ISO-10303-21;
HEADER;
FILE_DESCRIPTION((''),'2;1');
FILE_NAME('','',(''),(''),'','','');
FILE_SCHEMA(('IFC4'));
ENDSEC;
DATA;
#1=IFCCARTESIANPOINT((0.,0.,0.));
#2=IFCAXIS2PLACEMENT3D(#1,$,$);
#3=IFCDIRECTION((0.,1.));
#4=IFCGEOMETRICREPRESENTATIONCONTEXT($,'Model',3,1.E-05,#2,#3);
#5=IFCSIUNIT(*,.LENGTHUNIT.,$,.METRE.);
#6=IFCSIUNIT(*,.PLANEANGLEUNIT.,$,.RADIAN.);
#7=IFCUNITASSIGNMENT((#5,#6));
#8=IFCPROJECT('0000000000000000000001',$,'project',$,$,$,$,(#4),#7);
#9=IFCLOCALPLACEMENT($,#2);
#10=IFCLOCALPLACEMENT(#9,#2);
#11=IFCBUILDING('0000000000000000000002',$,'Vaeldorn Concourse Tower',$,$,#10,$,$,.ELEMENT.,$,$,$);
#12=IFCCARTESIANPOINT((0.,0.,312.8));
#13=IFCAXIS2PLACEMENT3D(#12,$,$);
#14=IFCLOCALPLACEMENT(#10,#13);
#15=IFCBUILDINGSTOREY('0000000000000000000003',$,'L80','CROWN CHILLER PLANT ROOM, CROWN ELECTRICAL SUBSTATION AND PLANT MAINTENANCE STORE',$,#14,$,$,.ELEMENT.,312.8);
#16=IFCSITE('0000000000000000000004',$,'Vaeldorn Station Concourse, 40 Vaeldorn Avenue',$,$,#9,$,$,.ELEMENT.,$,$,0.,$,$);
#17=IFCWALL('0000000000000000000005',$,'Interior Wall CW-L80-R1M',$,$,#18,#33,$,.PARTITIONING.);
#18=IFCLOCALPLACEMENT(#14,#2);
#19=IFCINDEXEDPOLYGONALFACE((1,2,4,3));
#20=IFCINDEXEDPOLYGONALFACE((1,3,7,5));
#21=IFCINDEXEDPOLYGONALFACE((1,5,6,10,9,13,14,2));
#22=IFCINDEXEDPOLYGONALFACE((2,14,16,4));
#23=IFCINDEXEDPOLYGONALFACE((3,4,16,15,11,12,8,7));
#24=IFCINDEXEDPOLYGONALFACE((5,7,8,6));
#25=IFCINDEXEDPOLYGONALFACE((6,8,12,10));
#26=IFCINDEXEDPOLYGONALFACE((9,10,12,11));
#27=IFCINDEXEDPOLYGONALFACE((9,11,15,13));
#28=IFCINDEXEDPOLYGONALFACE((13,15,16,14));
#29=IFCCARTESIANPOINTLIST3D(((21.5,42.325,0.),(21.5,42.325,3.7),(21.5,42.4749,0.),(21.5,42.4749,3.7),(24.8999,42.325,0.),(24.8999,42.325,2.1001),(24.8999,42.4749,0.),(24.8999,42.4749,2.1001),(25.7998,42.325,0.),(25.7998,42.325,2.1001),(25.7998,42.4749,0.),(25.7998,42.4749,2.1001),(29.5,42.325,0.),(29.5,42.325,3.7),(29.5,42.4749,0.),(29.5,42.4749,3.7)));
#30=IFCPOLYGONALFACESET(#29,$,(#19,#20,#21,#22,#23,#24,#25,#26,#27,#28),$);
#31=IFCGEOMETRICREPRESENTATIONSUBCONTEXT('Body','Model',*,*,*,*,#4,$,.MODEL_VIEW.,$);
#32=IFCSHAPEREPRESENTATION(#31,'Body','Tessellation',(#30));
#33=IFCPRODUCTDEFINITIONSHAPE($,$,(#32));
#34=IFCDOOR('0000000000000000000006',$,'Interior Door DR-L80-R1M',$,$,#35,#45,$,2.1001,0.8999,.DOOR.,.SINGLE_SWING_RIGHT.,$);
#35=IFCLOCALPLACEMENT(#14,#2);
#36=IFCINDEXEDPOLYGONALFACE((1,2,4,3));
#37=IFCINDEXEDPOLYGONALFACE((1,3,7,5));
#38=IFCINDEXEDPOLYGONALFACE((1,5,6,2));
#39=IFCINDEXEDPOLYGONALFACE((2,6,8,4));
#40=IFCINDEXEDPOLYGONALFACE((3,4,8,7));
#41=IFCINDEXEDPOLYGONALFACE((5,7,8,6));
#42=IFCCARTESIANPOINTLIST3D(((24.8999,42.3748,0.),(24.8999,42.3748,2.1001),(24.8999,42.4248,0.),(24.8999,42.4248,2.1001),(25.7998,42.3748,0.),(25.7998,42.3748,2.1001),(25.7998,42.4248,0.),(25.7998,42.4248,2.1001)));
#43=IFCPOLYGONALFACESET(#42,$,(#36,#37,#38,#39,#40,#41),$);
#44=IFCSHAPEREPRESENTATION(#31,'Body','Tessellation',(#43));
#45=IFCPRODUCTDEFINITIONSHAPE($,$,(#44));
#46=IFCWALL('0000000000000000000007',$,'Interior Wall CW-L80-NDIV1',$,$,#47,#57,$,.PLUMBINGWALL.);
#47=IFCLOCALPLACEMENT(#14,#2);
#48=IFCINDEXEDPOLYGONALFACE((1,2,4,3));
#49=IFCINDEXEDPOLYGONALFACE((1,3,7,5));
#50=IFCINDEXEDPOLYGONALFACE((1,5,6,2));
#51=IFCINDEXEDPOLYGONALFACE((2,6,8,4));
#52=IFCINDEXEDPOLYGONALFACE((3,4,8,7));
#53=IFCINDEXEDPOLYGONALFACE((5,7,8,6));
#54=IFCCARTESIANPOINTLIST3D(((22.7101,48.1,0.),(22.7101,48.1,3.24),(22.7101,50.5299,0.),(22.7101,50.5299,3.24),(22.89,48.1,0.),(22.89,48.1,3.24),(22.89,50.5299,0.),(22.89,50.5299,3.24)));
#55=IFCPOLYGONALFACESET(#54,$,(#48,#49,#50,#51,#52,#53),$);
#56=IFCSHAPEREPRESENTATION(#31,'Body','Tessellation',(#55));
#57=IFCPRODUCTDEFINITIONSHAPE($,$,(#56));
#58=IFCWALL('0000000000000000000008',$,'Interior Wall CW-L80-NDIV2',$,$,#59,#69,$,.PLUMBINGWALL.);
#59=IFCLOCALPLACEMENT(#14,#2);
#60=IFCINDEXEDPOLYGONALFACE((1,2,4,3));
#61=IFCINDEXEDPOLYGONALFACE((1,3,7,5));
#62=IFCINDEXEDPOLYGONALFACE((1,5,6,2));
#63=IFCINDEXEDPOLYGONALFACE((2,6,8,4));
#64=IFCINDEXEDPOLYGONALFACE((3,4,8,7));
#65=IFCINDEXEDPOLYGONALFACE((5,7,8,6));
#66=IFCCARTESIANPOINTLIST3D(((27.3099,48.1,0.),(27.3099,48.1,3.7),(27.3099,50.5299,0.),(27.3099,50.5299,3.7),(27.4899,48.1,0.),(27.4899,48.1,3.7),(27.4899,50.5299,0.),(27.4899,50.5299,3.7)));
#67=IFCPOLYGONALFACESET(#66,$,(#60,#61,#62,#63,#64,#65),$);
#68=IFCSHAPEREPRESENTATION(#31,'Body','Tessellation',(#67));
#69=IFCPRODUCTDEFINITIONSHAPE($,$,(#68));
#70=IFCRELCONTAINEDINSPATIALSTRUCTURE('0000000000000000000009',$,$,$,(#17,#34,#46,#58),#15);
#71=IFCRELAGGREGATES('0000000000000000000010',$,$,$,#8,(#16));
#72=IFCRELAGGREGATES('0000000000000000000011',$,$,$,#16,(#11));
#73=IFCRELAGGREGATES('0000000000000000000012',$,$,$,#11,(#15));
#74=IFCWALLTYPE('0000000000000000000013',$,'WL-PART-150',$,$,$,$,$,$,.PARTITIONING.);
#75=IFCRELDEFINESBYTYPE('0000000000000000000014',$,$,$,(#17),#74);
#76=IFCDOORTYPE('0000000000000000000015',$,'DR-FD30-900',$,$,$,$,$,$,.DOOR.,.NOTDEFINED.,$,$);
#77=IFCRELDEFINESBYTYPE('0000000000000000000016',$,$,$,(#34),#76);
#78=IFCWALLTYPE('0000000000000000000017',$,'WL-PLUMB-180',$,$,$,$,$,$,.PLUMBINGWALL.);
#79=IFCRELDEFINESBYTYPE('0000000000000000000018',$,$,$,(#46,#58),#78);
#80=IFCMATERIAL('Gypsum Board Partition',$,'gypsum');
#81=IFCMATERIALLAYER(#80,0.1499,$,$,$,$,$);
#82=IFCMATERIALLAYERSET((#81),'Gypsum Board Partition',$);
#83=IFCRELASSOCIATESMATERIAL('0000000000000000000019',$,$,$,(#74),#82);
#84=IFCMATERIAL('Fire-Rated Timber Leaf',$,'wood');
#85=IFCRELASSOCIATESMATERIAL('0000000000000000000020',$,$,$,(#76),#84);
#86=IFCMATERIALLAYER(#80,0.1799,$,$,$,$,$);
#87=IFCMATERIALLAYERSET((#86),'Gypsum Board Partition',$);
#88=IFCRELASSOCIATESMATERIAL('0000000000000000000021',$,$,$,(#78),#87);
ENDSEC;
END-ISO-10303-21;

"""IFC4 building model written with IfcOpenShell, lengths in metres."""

from ifc_helpers import new_model, si_unit, direction, frame, frame_2d, origin, place, context, subcontext, project, spatial, rectangle, extrude, source, transform, mapped, material, layer, layer_set, type_object, element, fill, save


model = new_model("IFC4")

# Units and contexts
model_context = context("Model", 3, precision=1e-05, world=origin(), true_north=direction((0.0, 1.0)))
body_context = subcontext(model_context, "Body", "Model", "MODEL_VIEW")
ifc_project = project(units=[si_unit("LENGTHUNIT", "METRE"), si_unit("PLANEANGLEUNIT", "RADIAN")], contexts=[model_context])

# Site, building, storey
site_placement = place(None, origin())
site = spatial("IfcSite", under=ifc_project, at=site_placement, Name="Vaeldorn Station Concourse, 40 Vaeldorn Avenue", CompositionType="ELEMENT", RefElevation=0.0)
building_placement = place(site_placement, origin())
building = spatial("IfcBuilding", under=site, at=building_placement, Name="Vaeldorn Concourse Tower", CompositionType="ELEMENT")
storey_placement = place(building_placement, frame((0.0, 0.0, 312.8)))
storey = spatial("IfcBuildingStorey", under=building, at=storey_placement, Name="L80", Description="CROWN CHILLER PLANT ROOM, CROWN ELECTRICAL SUBSTATION AND PLANT MAINTENANCE STORE", CompositionType="ELEMENT", Elevation=312.8)

# Shared definitions
ifc_material_1 = material(Name="Gypsum Board Partition", Category="gypsum")
ifc_layer_1 = layer(ifc_material_1, 0.1499)
ifc_layer_set_1 = layer_set([ifc_layer_1], Name="Gypsum Board Partition")
wall_type_1 = type_object("IfcWallType", Name="WL-PART-150", PredefinedType="PARTITIONING", material=ifc_layer_set_1)

# Wall, opening, door
wall_1_placement = place(storey_placement, frame((21.5, 42.3999, 0.0), z_axis=(0.0, 0.0, 1.0), x_axis=(1.0, 0.0, 0.0)))
wall_1 = element("IfcWall", 1, at=wall_1_placement, inside=storey, type_object=wall_type_1, Name="Interior Wall CW-L80-R1M", PredefinedType="PARTITIONING", context=body_context, shape_type="SweptSolid", body=[
    extrude(rectangle(XDim=8.0, YDim=0.1499, at=frame_2d((4.0, 0.0))), origin(), (0.0, 0.0, 1.0), 3.7),
])
opening_1_placement = place(wall_1_placement, frame((3.3999, 0.0, 0.0)))
opening_1 = element("IfcOpeningElement", 2, at=opening_1_placement, cuts=wall_1, PredefinedType="OPENING", context=body_context, shape_type="SweptSolid", body=[
    extrude(rectangle(XDim=0.8999, YDim=2.1001, at=frame_2d((0.45, 1.05))), frame((0.0, 0.085, 0.0), z_axis=(0.0, -1.0, 0.0), x_axis=(1.0, 0.0, 0.0)), (0.0, 0.0, 1.0), 0.1699),
])
ifc_material_2 = material(Name="Fire-Rated Timber Leaf", Category="wood")
door_type_1 = type_object("IfcDoorType", Name="DR-FD30-900", OperationType="NOTDEFINED", PredefinedType="DOOR", material=ifc_material_2)
shared_shape_1 = source(origin(), body_context, "Body", "SweptSolid", [
    extrude(rectangle(XDim=0.8999, YDim=2.1001, at=frame_2d((0.45, 1.05))), frame((0.0, 0.0249, 0.0), z_axis=(0.0, -1.0, 0.0), x_axis=(1.0, 0.0, 0.0)), (0.0, 0.0, 1.0), 0.05),
])
door_1_placement = place(opening_1_placement, origin())
door_1 = element("IfcDoor", 3, at=door_1_placement, inside=storey, type_object=door_type_1, Name="Interior Door DR-L80-R1M", OperationType="SINGLE_SWING_RIGHT", OverallHeight=2.1001, OverallWidth=0.8999, PredefinedType="DOOR", context=body_context, shape_type="MappedRepresentation", body=[
    mapped(shared_shape_1, transform((0.0, 0.0, 0.0), scale=1.0)),
])
fill(opening_1, door_1)

# Walls
ifc_layer_2 = layer(ifc_material_1, 0.1799)
ifc_layer_set_2 = layer_set([ifc_layer_2], Name="Gypsum Board Partition")
wall_type_2 = type_object("IfcWallType", Name="WL-PLUMB-180", PredefinedType="PLUMBINGWALL", material=ifc_layer_set_2)
wall_2_placement = place(storey_placement, frame((22.8, 48.1001, 0.0), z_axis=(0.0, 0.0, 1.0), x_axis=(0.0, 1.0, 0.0)))
element("IfcWall", 4, at=wall_2_placement, inside=storey, type_object=wall_type_2, Name="Interior Wall CW-L80-NDIV1", PredefinedType="PLUMBINGWALL", context=body_context, shape_type="SweptSolid", body=[
    extrude(rectangle(XDim=2.4299, YDim=0.1799, at=frame_2d((1.2148, 0.0))), origin(), (0.0, 0.0, 1.0), 3.24),
])
wall_3_placement = place(storey_placement, frame((27.3999, 48.1001, 0.0), z_axis=(0.0, 0.0, 1.0), x_axis=(0.0, 1.0, 0.0)))
element("IfcWall", 5, at=wall_3_placement, inside=storey, type_object=wall_type_2, Name="Interior Wall CW-L80-NDIV2", PredefinedType="PLUMBINGWALL", context=body_context, shape_type="SweptSolid", body=[
    extrude(rectangle(XDim=2.4299, YDim=0.1799, at=frame_2d((1.2148, 0.0))), origin(), (0.0, 0.0, 1.0), 3.7),
])

save(model, "model.ifc")
